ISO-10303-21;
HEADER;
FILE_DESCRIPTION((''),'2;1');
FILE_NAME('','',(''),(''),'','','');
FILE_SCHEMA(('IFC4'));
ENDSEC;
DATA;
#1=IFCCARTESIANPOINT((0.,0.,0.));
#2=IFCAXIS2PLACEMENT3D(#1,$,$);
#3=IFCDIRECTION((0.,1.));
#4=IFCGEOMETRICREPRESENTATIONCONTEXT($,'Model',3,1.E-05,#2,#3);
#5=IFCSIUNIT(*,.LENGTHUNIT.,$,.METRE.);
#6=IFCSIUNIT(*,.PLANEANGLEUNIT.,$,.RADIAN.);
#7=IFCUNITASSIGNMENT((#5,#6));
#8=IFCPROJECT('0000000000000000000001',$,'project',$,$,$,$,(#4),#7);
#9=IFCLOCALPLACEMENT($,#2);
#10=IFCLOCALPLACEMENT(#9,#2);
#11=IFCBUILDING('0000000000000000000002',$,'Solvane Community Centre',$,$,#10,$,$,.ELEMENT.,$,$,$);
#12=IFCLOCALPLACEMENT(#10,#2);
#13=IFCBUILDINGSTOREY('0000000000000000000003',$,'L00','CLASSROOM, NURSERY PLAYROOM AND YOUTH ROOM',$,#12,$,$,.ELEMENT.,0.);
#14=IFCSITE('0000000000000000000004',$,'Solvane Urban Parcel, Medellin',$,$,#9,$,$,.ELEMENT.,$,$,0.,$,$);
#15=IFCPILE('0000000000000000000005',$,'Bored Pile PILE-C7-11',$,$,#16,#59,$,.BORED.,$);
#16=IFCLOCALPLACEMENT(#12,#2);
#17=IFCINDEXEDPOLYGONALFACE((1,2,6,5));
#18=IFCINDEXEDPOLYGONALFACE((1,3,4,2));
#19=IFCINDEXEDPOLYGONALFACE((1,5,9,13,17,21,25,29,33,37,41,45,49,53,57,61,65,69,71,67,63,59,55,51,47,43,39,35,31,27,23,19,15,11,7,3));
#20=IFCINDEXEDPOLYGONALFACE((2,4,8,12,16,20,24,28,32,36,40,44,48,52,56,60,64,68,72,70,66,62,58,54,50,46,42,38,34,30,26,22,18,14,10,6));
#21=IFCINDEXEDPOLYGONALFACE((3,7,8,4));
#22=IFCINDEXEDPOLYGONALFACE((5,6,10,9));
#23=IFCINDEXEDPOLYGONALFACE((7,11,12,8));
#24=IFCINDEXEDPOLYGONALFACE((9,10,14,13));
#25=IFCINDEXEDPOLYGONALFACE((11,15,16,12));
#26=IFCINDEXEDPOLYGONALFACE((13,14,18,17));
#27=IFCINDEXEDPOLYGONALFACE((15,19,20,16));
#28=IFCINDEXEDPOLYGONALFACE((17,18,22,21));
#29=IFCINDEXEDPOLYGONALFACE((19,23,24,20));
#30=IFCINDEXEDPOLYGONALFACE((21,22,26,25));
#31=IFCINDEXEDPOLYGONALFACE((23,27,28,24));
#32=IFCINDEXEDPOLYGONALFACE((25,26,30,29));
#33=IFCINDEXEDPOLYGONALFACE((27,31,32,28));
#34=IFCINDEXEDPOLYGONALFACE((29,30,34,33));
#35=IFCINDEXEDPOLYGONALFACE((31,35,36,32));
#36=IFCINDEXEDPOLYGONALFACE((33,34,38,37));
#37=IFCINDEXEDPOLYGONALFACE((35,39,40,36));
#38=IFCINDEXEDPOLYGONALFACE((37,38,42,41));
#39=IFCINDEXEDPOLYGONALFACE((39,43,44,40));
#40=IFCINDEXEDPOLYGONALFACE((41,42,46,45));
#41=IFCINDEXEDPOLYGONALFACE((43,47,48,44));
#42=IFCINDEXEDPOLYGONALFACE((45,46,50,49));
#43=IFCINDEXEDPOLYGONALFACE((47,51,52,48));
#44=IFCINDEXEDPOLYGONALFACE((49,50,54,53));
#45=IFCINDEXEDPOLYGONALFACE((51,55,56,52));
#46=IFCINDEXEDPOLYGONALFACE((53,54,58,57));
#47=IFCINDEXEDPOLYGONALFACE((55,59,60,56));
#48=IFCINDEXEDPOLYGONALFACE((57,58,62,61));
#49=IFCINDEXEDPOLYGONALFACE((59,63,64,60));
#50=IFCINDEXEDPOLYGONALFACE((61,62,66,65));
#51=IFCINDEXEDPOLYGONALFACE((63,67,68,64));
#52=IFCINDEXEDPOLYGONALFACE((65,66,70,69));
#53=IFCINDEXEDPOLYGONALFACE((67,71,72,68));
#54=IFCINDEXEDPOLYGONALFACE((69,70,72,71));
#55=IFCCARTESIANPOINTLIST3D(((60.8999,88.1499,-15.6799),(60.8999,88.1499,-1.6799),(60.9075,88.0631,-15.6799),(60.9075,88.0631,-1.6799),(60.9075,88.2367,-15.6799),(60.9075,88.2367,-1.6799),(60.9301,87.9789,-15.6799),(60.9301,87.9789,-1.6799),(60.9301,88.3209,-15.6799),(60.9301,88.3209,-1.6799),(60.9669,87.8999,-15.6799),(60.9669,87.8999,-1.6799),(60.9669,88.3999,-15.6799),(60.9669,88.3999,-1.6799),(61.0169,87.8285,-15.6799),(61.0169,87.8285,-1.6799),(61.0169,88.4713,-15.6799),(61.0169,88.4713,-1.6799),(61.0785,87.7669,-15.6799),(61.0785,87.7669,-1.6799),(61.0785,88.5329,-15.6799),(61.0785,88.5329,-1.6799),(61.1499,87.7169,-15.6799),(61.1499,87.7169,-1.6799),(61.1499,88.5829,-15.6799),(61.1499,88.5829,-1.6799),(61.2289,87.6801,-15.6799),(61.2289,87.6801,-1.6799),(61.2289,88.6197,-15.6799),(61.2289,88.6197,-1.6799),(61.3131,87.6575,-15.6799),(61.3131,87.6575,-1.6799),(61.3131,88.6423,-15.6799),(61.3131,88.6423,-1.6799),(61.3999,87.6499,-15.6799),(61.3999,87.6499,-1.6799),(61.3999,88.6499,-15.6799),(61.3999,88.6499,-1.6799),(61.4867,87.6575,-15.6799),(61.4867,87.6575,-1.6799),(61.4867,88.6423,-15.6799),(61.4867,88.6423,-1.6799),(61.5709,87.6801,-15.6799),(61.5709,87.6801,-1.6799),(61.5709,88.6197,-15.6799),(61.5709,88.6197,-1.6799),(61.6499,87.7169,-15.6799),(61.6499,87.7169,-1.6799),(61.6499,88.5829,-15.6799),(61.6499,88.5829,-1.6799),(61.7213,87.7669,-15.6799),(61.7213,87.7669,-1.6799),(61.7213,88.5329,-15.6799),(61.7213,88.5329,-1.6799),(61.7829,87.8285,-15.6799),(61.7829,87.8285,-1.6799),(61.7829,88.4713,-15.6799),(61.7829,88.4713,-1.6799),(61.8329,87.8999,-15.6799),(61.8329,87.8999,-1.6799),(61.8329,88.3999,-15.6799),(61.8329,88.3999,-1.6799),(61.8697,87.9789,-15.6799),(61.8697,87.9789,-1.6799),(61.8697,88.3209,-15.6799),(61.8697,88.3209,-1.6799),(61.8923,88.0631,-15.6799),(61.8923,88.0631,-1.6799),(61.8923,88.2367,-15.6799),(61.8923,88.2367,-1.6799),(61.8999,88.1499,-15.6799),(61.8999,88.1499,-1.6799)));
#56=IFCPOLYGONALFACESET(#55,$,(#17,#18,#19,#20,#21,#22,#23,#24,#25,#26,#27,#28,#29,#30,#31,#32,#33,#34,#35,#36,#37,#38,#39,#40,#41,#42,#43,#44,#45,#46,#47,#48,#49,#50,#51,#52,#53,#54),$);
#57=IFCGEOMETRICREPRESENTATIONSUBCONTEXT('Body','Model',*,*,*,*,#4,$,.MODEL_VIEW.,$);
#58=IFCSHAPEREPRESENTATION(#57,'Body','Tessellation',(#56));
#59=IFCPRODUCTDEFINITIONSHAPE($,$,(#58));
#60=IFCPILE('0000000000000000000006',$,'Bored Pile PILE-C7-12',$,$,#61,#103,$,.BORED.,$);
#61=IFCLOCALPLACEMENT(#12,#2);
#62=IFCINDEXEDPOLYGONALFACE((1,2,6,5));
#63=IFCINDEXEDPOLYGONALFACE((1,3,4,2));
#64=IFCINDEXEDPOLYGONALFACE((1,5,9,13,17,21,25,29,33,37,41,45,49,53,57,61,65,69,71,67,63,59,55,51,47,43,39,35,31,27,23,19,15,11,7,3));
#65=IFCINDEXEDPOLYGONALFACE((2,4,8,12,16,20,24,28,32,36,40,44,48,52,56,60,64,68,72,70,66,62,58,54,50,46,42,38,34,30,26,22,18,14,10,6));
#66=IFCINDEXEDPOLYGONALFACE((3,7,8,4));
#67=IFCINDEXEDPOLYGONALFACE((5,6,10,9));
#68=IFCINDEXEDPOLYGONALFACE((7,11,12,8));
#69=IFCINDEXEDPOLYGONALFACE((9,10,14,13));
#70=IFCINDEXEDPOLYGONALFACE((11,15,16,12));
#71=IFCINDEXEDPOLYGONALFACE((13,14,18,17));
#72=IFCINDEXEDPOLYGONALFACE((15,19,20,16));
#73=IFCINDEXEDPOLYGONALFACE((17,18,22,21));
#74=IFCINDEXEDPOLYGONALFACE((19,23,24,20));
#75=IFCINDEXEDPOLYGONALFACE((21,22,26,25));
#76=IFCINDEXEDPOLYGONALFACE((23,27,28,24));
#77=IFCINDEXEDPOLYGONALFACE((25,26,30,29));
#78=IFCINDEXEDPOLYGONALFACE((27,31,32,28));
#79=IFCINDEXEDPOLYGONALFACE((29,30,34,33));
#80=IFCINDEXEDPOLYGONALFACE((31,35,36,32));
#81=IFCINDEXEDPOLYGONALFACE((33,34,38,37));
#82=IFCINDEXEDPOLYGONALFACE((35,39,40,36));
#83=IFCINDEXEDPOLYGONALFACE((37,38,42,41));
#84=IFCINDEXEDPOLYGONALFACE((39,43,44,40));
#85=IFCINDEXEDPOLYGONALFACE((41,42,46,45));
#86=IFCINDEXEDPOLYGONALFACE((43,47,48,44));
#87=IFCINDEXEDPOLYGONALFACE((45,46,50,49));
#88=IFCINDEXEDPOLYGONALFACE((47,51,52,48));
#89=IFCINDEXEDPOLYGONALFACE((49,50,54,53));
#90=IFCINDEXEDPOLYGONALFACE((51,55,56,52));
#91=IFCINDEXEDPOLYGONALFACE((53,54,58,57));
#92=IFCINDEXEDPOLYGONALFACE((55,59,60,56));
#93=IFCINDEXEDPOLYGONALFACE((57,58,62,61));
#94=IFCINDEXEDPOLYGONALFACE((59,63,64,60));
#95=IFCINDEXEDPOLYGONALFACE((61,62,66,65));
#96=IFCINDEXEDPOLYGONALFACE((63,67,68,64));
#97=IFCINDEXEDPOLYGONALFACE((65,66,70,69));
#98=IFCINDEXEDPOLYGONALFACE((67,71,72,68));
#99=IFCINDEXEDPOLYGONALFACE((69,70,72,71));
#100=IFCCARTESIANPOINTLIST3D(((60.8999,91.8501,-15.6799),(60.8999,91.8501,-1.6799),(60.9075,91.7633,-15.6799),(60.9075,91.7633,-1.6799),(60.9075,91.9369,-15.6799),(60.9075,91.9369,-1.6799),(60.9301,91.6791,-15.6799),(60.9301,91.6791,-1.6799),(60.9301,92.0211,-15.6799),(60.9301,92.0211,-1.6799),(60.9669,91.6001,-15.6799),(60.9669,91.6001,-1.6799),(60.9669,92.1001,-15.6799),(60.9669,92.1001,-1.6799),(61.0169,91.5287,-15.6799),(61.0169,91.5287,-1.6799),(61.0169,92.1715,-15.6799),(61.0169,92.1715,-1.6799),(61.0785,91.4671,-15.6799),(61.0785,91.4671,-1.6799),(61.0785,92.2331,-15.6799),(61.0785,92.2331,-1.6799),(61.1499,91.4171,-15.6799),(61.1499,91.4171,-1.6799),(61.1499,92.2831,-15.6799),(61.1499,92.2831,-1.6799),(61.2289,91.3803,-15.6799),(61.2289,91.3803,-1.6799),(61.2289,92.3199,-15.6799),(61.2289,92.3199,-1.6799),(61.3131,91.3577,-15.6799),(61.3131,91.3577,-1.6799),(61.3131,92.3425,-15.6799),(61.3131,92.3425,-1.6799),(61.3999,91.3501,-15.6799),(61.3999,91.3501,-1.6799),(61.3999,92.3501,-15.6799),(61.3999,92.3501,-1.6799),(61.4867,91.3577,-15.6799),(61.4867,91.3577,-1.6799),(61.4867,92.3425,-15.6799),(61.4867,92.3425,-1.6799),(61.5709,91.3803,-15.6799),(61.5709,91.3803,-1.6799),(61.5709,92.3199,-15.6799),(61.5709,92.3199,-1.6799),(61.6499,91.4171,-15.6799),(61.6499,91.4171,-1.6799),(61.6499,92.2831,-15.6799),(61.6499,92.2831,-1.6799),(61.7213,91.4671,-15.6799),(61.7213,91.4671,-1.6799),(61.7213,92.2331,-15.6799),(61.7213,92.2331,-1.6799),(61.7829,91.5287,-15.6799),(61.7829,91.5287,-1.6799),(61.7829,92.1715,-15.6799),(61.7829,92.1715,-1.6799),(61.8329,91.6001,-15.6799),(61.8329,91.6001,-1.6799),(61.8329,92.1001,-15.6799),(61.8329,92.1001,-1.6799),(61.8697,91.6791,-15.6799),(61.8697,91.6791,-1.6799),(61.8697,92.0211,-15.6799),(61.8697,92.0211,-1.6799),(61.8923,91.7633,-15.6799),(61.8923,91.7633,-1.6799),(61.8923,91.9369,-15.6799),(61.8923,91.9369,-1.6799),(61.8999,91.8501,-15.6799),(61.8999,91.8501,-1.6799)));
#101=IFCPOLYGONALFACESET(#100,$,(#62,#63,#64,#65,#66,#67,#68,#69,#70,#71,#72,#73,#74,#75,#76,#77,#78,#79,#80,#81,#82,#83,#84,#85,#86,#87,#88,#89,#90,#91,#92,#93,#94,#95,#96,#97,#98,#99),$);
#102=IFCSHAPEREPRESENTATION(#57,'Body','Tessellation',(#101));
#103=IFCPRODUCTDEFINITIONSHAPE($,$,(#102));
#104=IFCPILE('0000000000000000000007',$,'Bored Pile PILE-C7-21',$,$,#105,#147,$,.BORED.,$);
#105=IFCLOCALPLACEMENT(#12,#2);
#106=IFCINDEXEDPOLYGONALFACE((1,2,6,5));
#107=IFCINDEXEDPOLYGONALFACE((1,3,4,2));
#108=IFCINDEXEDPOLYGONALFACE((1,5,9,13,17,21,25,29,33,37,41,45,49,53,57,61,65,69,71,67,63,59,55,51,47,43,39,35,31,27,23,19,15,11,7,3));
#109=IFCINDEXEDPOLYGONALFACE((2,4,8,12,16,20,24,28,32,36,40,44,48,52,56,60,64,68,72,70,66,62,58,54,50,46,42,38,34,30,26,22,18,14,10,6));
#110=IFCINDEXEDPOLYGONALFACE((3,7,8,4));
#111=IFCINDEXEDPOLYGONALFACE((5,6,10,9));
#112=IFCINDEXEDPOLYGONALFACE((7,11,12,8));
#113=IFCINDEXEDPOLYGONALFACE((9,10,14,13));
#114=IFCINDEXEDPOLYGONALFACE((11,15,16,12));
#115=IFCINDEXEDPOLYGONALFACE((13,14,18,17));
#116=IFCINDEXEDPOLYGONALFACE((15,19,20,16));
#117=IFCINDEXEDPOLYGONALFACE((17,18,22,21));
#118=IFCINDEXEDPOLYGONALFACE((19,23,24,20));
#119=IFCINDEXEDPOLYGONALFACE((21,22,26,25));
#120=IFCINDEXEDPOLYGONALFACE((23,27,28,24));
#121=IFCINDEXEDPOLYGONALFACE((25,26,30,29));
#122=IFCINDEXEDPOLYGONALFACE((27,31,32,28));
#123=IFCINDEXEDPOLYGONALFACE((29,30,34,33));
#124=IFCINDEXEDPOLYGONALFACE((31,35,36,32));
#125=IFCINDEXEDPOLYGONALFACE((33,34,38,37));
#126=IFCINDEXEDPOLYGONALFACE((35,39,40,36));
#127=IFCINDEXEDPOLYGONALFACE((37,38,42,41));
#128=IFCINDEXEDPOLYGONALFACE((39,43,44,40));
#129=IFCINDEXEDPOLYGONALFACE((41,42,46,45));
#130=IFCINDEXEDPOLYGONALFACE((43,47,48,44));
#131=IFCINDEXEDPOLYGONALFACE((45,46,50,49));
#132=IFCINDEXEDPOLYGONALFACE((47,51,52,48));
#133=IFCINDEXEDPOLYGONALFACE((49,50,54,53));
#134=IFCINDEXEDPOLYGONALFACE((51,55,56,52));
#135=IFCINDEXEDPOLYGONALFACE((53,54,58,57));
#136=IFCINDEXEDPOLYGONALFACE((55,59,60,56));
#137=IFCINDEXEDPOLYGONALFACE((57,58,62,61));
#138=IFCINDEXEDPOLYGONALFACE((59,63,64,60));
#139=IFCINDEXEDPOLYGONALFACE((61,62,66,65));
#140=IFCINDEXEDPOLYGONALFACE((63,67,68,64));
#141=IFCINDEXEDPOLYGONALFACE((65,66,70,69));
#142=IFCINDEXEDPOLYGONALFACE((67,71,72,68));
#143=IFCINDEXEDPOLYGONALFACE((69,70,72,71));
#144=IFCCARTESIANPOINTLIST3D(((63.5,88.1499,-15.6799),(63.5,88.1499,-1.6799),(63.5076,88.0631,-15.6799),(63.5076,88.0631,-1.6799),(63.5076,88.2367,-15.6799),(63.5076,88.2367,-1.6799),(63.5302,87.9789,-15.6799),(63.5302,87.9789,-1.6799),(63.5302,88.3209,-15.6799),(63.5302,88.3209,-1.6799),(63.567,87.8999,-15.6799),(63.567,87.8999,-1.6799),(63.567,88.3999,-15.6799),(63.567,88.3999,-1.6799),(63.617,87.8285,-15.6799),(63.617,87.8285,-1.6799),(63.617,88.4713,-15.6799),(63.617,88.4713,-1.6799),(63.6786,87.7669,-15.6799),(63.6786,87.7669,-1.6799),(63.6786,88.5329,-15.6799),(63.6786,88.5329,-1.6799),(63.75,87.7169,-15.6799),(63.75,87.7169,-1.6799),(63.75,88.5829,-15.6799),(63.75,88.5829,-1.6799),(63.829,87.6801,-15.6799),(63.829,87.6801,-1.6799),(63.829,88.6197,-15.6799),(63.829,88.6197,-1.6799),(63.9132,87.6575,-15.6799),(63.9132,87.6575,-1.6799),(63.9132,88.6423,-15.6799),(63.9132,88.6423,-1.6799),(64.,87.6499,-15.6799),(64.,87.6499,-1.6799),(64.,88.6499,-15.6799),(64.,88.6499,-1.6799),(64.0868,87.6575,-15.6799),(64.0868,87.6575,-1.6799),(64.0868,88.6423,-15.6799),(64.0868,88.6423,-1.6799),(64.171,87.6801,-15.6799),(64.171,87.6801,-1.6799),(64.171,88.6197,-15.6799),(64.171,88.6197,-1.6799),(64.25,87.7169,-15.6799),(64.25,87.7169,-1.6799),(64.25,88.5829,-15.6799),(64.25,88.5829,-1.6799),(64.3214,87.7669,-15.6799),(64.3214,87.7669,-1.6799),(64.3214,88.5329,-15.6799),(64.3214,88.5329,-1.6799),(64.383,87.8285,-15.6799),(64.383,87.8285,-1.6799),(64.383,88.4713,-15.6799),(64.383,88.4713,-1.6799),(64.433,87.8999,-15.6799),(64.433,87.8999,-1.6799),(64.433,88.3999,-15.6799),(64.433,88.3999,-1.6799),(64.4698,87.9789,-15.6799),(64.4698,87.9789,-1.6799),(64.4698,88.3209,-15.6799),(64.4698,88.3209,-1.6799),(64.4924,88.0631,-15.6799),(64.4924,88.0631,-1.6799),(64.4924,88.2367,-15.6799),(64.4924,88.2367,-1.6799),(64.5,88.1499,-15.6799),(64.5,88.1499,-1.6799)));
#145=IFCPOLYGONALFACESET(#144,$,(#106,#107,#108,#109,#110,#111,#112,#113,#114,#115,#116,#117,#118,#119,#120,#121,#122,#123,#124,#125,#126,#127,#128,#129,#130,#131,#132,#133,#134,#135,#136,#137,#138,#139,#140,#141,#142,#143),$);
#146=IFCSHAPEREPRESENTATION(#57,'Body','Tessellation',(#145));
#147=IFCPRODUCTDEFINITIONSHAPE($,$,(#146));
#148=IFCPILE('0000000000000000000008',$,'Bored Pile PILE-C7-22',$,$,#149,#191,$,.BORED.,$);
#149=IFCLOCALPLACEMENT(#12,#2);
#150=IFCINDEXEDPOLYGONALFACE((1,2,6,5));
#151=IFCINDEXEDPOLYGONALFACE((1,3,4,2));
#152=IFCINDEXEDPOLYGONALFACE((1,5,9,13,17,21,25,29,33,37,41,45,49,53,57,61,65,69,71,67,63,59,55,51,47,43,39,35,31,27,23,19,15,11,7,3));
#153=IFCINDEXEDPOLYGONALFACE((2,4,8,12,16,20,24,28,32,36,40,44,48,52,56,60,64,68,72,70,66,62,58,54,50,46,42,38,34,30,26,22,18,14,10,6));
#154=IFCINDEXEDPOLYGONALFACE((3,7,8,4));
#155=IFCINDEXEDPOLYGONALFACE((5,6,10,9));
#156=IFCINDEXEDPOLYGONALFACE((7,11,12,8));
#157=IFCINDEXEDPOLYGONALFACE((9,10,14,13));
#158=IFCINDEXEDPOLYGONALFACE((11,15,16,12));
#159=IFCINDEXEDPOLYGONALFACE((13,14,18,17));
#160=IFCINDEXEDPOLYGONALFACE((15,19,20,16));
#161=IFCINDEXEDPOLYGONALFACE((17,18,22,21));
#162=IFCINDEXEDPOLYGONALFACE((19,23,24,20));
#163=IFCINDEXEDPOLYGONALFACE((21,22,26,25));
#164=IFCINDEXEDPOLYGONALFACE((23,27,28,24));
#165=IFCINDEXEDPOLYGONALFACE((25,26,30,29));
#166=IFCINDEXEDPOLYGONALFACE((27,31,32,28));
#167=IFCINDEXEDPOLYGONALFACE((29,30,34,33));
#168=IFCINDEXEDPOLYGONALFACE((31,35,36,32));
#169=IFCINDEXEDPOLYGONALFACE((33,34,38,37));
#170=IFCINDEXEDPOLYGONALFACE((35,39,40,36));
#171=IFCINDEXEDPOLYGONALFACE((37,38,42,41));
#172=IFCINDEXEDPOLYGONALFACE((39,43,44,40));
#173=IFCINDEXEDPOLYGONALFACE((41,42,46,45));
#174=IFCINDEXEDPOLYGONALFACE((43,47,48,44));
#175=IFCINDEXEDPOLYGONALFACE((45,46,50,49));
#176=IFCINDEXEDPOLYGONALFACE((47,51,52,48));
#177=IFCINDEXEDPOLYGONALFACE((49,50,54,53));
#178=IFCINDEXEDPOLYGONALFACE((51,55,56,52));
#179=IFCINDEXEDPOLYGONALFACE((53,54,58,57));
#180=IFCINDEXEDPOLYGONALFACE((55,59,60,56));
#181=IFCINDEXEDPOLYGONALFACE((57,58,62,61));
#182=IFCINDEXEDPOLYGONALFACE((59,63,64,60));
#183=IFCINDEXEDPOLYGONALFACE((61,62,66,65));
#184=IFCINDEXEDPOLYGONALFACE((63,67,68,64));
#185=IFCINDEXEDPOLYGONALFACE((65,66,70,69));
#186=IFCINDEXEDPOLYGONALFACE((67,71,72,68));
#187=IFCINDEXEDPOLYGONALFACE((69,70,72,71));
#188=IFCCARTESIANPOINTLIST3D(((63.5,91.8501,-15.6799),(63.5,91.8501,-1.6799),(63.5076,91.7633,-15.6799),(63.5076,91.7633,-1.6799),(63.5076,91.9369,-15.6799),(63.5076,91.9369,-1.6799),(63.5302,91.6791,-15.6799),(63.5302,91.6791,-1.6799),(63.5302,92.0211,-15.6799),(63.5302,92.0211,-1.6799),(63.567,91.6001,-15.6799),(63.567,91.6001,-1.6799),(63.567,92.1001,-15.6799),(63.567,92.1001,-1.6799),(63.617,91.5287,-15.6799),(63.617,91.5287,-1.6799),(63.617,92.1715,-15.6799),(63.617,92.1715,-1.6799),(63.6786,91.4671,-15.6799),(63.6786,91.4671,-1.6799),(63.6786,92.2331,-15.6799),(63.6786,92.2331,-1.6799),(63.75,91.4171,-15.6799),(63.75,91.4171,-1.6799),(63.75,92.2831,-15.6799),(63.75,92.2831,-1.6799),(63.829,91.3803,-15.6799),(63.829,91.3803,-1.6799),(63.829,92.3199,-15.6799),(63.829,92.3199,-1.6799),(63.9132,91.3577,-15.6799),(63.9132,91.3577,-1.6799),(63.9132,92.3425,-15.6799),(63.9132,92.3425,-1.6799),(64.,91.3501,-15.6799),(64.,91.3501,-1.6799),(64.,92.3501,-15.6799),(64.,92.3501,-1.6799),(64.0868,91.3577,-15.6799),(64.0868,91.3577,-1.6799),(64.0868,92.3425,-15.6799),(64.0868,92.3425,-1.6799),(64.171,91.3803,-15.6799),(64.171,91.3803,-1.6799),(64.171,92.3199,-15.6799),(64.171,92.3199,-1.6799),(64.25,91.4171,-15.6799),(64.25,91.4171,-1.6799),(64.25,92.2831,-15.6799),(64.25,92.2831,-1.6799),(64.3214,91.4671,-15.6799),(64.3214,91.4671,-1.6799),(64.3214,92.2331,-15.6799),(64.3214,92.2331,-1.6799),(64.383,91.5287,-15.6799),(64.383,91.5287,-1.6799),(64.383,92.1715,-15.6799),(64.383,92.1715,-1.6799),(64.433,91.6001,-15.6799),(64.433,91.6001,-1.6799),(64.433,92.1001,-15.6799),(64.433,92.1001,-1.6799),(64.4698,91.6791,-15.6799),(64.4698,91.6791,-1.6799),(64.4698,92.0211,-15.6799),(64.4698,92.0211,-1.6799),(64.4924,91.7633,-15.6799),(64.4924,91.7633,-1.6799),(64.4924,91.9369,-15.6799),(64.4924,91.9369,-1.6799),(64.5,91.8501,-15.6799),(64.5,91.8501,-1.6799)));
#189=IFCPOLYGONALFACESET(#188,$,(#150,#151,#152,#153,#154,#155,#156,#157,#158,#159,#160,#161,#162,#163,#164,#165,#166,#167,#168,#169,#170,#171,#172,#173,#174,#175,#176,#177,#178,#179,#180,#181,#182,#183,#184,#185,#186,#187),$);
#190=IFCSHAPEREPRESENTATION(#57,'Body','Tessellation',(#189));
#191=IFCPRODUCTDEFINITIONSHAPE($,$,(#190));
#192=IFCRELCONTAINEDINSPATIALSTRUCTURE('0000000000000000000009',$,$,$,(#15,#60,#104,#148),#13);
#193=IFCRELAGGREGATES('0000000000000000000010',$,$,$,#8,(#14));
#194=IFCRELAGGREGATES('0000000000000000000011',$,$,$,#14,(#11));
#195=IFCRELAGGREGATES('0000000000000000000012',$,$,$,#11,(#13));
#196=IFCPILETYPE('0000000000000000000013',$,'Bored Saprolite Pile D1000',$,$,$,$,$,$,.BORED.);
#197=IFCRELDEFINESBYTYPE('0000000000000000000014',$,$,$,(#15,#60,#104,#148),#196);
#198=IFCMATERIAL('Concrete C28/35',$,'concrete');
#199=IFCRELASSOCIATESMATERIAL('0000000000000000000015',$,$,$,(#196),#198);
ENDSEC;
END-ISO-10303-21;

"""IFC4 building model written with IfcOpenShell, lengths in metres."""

from ifc_helpers import new_model, si_unit, direction, frame, origin, origin_2d, place, context, subcontext, project, spatial, circle, extrude, material, material_profile, profile_set, type_object, element, save


model = new_model("IFC4")

# Units and contexts
model_context = context("Model", 3, precision=1e-05, world=origin(), true_north=direction((0.0, 1.0)))
body_context = subcontext(model_context, "Body", "Model", "MODEL_VIEW")
ifc_project = project(units=[si_unit("LENGTHUNIT", "METRE"), si_unit("PLANEANGLEUNIT", "RADIAN")], contexts=[model_context])

# Site, building, storey
site_placement = place(None, origin())
site = spatial("IfcSite", under=ifc_project, at=site_placement, Name="Solvane Urban Parcel, Medellin", CompositionType="ELEMENT", RefElevation=0.0)
building_placement = place(site_placement, origin())
building = spatial("IfcBuilding", under=site, at=building_placement, Name="Solvane Community Centre", CompositionType="ELEMENT")
storey_placement = place(building_placement, origin())
storey = spatial("IfcBuildingStorey", under=building, at=storey_placement, Name="L00", Description="CLASSROOM, NURSERY PLAYROOM AND YOUTH ROOM", CompositionType="ELEMENT", Elevation=0.0)

# Piles
ifc_material_1 = material(Name="Concrete C28/35", Category="concrete")
ifc_material_profile_1 = material_profile(ifc_material_1, circle(Radius=0.5, at=origin_2d()), Name="PILE D1000")
ifc_profile_set_1 = profile_set([ifc_material_profile_1], Name="Concrete C28/35")
pile_type_1 = type_object("IfcPileType", Name="Bored Saprolite Pile D1000", PredefinedType="BORED", material=ifc_profile_set_1)
for number, where, z_axis, x_axis, name in (
    (1, (61.3999, 88.1499, -1.6799), (0.0, 0.0, -1.0), (1.0, 0.0, 0.0), "Bored Pile PILE-C7-11"),
    (2, (61.3999, 91.8501, -1.6799), (0.0, 0.0, -1.0), (1.0, 0.0, 0.0), "Bored Pile PILE-C7-12"),
    (3, (64.0, 88.1499, -1.6799), (0.0, 0.0, -1.0), (1.0, 0.0, 0.0), "Bored Pile PILE-C7-21"),
    (4, (64.0, 91.8501, -1.6799), (0.0, 0.0, -1.0), (1.0, 0.0, 0.0), "Bored Pile PILE-C7-22"),
):
    element("IfcPile", number, at=place(storey_placement, frame(where, z_axis=z_axis, x_axis=x_axis)), inside=storey, type_object=pile_type_1, Name=name, PredefinedType="BORED", context=body_context, shape_type="SweptSolid", body=[
        extrude(circle(Radius=0.5, at=origin_2d()), origin(), (0.0, 0.0, 1.0), 14.0),
    ])

save(model, "model.ifc")
